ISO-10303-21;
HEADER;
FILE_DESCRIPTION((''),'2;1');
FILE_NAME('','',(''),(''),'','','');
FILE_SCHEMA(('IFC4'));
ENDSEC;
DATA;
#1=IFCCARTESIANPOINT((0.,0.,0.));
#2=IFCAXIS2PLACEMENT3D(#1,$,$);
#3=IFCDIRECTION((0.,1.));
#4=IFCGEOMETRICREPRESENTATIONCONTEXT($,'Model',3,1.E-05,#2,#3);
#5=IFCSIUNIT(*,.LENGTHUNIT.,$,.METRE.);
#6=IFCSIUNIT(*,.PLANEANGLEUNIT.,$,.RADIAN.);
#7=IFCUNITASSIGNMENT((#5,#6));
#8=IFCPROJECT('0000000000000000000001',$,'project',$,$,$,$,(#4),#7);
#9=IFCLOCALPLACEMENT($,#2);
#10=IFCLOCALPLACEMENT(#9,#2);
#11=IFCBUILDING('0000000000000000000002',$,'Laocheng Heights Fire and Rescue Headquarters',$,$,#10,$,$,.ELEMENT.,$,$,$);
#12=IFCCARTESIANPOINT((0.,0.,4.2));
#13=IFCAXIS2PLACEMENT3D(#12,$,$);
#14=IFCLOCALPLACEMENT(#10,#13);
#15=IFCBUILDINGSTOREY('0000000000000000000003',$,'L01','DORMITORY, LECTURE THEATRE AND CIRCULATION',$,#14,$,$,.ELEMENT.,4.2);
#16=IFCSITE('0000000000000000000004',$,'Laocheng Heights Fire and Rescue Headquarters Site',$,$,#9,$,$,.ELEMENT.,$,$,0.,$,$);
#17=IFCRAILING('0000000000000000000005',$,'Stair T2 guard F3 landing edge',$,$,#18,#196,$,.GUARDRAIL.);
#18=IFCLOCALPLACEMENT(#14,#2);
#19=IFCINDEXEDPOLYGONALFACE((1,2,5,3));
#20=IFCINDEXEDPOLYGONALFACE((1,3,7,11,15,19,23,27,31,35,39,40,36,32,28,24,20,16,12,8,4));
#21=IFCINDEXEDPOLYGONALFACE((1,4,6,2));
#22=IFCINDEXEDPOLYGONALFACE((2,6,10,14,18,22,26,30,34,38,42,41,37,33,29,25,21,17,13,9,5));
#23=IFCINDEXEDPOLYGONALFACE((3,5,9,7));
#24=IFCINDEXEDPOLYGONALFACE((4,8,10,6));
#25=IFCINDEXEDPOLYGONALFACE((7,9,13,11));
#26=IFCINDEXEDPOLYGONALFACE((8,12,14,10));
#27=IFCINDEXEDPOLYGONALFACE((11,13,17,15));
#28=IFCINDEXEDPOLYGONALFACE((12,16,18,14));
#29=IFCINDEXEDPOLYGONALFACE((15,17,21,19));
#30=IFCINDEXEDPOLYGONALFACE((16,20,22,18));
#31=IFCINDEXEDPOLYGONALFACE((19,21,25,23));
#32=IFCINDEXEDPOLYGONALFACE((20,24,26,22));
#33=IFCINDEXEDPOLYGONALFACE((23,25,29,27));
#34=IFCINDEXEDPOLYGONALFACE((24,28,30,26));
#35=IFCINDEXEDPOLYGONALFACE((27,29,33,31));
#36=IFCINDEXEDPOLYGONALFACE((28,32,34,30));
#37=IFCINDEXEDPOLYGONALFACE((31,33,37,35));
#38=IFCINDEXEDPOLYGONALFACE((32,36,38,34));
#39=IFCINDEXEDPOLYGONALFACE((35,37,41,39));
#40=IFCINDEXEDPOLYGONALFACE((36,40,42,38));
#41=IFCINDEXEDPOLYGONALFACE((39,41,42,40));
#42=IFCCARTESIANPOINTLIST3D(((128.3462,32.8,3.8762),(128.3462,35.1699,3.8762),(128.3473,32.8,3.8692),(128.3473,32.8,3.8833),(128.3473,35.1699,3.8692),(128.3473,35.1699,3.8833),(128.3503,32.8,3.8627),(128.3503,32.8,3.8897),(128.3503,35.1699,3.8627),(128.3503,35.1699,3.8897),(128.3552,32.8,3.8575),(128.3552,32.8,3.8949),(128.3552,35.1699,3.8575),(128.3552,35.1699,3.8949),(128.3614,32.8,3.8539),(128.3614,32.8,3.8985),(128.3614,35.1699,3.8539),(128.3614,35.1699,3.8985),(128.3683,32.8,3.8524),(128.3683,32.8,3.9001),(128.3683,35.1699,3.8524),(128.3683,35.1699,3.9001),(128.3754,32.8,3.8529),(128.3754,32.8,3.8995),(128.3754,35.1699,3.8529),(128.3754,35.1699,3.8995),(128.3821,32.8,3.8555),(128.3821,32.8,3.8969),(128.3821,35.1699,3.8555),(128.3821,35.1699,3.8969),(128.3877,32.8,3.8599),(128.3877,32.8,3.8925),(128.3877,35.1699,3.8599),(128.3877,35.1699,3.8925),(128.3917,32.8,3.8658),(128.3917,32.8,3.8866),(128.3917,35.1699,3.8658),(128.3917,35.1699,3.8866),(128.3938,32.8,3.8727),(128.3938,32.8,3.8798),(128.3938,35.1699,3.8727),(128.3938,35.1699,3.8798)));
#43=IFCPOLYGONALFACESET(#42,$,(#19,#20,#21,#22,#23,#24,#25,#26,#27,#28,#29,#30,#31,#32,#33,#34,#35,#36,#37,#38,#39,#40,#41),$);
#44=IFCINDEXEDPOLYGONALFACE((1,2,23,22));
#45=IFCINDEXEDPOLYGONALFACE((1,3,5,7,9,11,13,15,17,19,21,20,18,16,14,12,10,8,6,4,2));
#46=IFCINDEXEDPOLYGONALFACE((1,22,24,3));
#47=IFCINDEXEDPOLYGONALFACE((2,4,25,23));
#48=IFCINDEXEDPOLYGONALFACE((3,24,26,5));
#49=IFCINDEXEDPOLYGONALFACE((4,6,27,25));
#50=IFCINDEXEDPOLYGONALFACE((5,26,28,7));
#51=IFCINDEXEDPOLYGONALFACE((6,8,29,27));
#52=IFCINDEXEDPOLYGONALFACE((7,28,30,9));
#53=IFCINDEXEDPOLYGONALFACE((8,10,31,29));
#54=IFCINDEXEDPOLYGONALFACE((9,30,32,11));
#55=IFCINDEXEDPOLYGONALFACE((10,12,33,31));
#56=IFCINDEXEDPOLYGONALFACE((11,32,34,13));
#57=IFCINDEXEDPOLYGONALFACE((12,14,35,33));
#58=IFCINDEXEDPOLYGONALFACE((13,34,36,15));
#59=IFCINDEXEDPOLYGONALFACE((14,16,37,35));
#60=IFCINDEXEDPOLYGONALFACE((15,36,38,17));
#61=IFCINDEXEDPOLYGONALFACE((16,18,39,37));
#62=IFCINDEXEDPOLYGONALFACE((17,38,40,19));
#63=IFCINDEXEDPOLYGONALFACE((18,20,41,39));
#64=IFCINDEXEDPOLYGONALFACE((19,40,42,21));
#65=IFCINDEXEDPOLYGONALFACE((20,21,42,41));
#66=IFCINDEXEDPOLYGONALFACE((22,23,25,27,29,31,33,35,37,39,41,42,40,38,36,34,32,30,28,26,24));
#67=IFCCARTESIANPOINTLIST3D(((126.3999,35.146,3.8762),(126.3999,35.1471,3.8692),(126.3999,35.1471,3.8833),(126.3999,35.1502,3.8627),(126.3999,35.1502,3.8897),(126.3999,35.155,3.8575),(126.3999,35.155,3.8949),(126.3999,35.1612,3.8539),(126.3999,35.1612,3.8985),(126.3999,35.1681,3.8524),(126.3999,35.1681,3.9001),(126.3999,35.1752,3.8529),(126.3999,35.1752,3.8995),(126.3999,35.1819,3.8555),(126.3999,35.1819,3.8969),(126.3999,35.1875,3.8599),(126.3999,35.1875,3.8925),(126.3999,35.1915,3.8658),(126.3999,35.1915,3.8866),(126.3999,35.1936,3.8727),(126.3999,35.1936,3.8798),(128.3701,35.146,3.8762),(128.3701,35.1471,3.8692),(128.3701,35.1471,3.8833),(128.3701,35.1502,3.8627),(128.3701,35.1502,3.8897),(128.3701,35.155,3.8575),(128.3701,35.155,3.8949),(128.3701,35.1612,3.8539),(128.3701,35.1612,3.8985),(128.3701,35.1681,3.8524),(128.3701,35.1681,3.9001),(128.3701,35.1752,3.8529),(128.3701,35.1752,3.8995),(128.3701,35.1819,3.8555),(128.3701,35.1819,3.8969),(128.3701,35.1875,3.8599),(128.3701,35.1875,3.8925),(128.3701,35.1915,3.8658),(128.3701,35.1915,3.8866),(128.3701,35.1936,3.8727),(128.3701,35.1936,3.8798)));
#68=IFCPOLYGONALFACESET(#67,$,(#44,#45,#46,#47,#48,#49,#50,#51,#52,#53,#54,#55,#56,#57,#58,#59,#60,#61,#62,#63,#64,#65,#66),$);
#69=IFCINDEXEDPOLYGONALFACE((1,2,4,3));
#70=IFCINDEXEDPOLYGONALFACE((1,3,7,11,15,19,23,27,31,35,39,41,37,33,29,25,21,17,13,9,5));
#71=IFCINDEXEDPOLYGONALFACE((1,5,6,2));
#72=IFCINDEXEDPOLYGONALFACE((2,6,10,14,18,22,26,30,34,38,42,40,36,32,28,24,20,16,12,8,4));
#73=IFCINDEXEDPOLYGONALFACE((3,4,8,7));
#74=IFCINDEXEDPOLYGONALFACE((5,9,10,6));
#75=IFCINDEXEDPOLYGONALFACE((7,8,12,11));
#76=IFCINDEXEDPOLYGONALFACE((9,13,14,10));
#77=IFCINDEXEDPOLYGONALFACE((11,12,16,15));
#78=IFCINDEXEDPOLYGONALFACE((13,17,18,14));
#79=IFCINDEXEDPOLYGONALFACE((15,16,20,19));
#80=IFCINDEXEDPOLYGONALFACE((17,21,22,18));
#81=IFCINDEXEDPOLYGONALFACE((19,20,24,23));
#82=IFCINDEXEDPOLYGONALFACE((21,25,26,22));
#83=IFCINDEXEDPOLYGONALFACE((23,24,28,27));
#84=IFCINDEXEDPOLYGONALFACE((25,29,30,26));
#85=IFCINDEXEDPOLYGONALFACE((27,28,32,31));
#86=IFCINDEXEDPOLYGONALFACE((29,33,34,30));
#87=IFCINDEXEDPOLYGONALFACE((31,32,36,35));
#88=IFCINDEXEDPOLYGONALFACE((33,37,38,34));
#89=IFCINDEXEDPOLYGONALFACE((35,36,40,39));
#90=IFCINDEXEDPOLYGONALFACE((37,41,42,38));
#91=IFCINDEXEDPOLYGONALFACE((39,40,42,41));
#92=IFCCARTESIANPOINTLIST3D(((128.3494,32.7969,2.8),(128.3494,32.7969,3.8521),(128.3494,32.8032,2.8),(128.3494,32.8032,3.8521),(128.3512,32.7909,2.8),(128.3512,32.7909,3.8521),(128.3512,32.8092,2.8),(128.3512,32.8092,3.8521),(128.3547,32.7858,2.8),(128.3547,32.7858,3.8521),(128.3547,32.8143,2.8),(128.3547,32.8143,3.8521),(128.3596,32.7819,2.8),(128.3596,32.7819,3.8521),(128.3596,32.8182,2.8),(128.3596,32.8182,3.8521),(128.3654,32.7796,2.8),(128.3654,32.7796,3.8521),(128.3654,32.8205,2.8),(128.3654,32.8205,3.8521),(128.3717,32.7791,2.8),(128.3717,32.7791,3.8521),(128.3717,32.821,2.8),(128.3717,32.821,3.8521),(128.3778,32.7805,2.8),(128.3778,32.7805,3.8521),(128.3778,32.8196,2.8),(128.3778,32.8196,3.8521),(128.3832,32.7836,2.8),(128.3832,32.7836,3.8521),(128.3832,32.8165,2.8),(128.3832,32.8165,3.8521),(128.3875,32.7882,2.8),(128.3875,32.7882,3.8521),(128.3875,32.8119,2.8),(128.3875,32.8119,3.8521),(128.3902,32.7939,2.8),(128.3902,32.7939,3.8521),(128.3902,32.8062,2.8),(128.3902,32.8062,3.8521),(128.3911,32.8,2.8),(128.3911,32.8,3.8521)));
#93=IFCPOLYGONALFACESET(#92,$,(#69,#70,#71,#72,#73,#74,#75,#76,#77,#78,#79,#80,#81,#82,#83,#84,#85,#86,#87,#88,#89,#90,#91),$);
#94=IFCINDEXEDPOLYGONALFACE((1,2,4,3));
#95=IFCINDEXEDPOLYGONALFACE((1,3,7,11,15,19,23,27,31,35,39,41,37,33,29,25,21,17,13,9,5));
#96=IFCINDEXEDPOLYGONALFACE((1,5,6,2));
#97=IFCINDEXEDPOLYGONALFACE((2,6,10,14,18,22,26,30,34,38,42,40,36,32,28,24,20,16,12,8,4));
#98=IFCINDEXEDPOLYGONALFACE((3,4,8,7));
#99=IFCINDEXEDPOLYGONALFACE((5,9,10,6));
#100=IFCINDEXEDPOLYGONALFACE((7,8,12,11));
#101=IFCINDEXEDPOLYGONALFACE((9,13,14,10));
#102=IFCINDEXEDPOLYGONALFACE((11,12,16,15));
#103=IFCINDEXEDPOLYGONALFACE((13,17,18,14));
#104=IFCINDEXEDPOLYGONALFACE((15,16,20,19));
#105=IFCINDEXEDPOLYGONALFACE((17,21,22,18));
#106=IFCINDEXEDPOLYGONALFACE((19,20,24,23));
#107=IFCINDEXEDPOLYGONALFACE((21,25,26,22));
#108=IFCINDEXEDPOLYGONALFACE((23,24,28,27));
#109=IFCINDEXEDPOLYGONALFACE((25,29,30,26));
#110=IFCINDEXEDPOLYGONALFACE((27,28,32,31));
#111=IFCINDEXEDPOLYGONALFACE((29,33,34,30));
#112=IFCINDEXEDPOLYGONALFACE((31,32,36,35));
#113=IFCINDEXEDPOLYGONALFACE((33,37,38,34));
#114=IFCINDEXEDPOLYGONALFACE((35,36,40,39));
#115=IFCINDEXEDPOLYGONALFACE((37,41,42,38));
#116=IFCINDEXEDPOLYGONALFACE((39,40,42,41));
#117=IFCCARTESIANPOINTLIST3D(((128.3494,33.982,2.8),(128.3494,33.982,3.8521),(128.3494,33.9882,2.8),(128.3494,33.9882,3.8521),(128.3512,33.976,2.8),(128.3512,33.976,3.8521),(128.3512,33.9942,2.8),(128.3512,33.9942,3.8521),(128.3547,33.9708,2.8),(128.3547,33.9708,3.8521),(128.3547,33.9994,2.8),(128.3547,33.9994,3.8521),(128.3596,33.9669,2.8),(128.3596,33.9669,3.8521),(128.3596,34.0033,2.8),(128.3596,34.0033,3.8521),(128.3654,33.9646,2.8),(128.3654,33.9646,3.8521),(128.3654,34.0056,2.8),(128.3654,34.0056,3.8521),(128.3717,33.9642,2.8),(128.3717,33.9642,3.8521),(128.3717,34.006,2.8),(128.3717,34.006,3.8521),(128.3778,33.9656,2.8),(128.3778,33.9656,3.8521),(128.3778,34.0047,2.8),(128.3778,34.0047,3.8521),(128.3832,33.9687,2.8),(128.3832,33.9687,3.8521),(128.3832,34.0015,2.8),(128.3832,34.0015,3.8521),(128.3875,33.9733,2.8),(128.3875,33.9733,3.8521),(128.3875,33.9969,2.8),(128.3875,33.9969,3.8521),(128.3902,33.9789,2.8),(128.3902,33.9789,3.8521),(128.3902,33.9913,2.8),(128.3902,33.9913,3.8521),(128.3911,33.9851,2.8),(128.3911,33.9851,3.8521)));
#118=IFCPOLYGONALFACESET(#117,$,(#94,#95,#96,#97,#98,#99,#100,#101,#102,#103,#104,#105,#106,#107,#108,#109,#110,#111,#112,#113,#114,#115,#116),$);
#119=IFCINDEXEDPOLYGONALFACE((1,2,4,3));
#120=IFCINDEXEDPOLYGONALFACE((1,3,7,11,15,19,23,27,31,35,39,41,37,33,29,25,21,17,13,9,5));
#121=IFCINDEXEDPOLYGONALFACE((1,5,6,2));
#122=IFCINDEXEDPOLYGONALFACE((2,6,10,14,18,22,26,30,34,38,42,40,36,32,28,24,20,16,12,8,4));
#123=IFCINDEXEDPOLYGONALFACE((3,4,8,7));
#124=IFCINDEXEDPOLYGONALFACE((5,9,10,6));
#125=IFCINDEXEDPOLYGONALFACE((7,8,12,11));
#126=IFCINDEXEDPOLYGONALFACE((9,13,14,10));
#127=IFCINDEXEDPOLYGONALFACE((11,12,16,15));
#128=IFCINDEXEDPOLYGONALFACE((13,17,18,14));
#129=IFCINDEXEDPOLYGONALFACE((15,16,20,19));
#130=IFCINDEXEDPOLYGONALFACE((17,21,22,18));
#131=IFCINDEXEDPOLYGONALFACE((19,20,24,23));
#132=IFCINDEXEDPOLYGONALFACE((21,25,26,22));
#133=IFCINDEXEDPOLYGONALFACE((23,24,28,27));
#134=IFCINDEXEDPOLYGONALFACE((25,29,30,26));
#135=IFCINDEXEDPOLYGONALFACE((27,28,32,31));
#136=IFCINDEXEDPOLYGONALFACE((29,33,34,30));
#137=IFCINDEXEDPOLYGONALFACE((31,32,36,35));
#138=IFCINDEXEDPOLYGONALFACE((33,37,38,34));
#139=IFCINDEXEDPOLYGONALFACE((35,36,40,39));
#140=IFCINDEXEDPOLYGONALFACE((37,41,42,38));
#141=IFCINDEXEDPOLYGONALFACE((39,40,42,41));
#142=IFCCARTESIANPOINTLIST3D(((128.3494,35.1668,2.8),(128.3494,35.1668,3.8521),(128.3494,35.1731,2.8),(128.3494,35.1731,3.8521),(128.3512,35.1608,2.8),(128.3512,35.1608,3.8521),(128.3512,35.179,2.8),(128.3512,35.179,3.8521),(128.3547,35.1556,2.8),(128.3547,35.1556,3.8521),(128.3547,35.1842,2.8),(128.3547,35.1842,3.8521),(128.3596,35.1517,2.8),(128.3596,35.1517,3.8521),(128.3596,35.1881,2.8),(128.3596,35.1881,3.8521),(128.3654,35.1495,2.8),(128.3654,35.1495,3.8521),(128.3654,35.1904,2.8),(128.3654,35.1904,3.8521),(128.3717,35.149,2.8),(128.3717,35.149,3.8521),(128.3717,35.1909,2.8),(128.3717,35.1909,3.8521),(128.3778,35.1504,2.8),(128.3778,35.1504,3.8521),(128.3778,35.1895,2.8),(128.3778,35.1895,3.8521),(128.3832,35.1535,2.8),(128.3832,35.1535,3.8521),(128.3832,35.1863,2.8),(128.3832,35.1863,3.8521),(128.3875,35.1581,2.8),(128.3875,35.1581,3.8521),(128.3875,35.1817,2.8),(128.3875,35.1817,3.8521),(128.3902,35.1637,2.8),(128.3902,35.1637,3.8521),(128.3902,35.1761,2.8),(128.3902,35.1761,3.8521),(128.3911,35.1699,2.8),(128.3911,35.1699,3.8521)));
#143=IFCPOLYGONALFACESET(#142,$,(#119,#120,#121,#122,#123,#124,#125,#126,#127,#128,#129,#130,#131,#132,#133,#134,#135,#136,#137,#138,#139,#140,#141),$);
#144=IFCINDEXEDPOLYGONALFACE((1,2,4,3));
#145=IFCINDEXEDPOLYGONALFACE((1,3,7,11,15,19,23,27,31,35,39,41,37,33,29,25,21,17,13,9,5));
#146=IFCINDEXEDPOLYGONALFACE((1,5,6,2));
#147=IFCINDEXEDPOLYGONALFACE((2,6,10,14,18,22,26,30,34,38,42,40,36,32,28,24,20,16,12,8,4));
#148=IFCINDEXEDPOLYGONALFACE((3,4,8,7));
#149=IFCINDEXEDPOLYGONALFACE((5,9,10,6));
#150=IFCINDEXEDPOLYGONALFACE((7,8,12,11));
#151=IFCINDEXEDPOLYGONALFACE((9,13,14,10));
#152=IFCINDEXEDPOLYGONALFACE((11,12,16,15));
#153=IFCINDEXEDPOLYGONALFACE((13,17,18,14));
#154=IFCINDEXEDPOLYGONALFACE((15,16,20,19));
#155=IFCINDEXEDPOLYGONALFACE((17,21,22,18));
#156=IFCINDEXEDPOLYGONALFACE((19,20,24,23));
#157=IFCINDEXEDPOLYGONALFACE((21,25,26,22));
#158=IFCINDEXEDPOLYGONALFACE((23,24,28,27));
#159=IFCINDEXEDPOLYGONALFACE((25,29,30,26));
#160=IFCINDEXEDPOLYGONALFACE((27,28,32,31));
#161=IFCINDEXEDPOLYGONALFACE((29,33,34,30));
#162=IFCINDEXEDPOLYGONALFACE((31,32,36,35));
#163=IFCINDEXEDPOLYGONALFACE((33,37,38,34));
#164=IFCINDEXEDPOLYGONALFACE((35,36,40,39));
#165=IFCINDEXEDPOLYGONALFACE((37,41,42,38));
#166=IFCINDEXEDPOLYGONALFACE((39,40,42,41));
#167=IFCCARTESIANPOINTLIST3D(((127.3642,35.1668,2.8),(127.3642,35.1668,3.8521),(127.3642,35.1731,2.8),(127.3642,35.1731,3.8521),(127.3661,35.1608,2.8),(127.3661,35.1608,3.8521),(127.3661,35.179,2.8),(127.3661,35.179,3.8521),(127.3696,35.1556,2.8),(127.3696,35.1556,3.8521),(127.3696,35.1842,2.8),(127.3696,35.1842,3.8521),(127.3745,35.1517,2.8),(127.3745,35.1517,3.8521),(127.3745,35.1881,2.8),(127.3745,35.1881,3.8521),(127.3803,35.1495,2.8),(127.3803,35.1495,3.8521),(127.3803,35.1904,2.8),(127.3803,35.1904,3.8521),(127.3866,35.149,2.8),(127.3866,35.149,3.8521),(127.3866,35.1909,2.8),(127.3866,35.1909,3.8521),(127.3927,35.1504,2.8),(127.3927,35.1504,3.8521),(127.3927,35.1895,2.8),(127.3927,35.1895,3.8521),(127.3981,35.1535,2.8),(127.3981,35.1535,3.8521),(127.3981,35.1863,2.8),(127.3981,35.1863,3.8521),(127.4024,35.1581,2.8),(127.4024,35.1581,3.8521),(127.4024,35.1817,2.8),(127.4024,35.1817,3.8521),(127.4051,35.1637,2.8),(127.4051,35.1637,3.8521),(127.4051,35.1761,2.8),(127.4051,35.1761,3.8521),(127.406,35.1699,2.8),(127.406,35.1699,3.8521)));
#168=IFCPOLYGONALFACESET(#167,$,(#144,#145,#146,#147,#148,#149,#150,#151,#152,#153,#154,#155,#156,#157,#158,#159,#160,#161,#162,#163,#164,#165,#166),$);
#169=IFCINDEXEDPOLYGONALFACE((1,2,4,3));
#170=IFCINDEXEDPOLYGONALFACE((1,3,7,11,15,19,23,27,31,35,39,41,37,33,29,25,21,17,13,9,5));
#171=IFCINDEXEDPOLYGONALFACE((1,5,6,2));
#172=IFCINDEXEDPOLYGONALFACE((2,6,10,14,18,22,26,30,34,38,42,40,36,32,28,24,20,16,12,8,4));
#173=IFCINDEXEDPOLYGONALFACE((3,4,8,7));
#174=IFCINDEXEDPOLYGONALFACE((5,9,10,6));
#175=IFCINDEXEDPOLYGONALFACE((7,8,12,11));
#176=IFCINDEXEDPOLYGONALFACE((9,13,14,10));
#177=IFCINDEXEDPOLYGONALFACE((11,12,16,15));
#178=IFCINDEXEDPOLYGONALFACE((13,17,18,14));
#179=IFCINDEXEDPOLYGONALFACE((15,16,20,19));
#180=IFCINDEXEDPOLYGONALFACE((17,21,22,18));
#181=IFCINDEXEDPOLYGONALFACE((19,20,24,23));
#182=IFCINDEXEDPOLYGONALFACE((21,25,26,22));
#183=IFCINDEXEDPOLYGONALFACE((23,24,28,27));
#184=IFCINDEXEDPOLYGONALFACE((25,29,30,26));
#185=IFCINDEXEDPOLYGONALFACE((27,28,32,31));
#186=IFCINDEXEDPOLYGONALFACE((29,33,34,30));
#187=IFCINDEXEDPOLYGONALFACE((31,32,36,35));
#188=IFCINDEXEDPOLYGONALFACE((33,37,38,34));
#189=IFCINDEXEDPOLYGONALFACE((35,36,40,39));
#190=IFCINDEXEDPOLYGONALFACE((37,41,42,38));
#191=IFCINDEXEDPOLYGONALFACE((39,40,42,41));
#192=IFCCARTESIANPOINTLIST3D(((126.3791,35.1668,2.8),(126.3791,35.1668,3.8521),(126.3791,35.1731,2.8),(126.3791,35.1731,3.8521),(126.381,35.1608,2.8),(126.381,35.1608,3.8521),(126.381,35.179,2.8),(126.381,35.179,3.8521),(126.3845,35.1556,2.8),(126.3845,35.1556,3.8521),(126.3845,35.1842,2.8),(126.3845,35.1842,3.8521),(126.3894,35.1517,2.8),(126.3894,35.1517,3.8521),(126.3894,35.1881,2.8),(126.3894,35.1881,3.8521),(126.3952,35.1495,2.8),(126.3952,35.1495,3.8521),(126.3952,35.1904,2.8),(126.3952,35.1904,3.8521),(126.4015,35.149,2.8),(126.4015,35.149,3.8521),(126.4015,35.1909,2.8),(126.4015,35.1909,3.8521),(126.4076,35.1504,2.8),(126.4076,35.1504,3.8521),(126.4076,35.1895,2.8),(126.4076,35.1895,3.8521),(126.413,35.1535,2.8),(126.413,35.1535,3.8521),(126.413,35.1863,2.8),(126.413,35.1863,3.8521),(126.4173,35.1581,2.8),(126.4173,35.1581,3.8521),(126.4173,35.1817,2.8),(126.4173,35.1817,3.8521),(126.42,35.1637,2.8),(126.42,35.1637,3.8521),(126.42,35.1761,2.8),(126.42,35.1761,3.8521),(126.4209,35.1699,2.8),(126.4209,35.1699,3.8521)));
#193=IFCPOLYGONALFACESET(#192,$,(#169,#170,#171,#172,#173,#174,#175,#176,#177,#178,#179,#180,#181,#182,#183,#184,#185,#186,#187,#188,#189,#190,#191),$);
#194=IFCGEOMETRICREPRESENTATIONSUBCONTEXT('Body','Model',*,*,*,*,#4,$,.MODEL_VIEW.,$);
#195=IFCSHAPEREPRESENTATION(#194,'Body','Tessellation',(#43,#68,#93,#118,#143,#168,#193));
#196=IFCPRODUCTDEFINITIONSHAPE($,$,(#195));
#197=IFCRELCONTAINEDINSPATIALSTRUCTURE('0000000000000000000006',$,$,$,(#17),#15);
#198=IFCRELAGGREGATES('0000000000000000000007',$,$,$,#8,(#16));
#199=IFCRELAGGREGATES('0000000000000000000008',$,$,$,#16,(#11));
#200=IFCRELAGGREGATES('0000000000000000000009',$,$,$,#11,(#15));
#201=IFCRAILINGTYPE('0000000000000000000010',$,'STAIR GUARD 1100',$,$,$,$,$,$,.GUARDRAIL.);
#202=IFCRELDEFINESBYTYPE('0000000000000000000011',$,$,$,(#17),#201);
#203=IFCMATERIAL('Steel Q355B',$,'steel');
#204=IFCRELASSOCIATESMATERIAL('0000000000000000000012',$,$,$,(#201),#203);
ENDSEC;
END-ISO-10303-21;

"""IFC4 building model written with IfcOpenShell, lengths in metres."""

from ifc_helpers import new_model, si_unit, direction, frame, origin, origin_2d, place, context, subcontext, project, spatial, circle, extrude, material, type_object, element, save


model = new_model("IFC4")

# Units and contexts
model_context = context("Model", 3, precision=1e-05, world=origin(), true_north=direction((0.0, 1.0)))
body_context = subcontext(model_context, "Body", "Model", "MODEL_VIEW")
ifc_project = project(units=[si_unit("LENGTHUNIT", "METRE"), si_unit("PLANEANGLEUNIT", "RADIAN")], contexts=[model_context])

# Site, building, storey
site_placement = place(None, origin())
site = spatial("IfcSite", under=ifc_project, at=site_placement, Name="Laocheng Heights Fire and Rescue Headquarters Site", CompositionType="ELEMENT", RefElevation=0.0)
building_placement = place(site_placement, origin())
building = spatial("IfcBuilding", under=site, at=building_placement, Name="Laocheng Heights Fire and Rescue Headquarters", CompositionType="ELEMENT")
storey_placement = place(building_placement, frame((0.0, 0.0, 4.2)))
storey = spatial("IfcBuildingStorey", under=building, at=storey_placement, Name="L01", Description="DORMITORY, LECTURE THEATRE AND CIRCULATION", CompositionType="ELEMENT", Elevation=4.2)

# Railing
ifc_material_1 = material(Name="Steel Q355B", Category="steel")
railing_type_1 = type_object("IfcRailingType", Name="STAIR GUARD 1100", PredefinedType="GUARDRAIL", material=ifc_material_1)
railing_1_placement = place(storey_placement, frame((128.3701, 32.8, 2.8)))
element("IfcRailing", 1, at=railing_1_placement, inside=storey, type_object=railing_type_1, Name="Stair T2 guard F3 landing edge", PredefinedType="GUARDRAIL", context=body_context, shape_type="SweptSolid", body=[
    extrude(circle(Radius=0.0239, at=origin_2d()), frame((0.0, 0.0, 1.0762), z_axis=(0.0, 1.0, 0.0), x_axis=(-1.0, 0.0, 0.0)), (0.0, 0.0, 1.0), 2.3699),
    extrude(circle(Radius=0.0239, at=origin_2d()), frame((0.0, 2.3699, 1.0762), z_axis=(-1.0, 0.0, 0.0), x_axis=(0.0, -1.0, 0.0)), (0.0, 0.0, 1.0), 1.9702),
    extrude(circle(Radius=0.021, at=origin_2d()), origin(), (0.0, 0.0, 1.0), 1.052),
    extrude(circle(Radius=0.021, at=origin_2d()), frame((0.0, 1.1851, 0.0)), (0.0, 0.0, 1.0), 1.052),
    extrude(circle(Radius=0.021, at=origin_2d()), frame((0.0, 2.3699, 0.0)), (0.0, 0.0, 1.0), 1.052),
    extrude(circle(Radius=0.021, at=origin_2d()), frame((-0.9851, 2.3699, 0.0)), (0.0, 0.0, 1.0), 1.052),
    extrude(circle(Radius=0.021, at=origin_2d()), frame((-1.9702, 2.3699, 0.0)), (0.0, 0.0, 1.0), 1.052),
])

save(model, "model.ifc")
